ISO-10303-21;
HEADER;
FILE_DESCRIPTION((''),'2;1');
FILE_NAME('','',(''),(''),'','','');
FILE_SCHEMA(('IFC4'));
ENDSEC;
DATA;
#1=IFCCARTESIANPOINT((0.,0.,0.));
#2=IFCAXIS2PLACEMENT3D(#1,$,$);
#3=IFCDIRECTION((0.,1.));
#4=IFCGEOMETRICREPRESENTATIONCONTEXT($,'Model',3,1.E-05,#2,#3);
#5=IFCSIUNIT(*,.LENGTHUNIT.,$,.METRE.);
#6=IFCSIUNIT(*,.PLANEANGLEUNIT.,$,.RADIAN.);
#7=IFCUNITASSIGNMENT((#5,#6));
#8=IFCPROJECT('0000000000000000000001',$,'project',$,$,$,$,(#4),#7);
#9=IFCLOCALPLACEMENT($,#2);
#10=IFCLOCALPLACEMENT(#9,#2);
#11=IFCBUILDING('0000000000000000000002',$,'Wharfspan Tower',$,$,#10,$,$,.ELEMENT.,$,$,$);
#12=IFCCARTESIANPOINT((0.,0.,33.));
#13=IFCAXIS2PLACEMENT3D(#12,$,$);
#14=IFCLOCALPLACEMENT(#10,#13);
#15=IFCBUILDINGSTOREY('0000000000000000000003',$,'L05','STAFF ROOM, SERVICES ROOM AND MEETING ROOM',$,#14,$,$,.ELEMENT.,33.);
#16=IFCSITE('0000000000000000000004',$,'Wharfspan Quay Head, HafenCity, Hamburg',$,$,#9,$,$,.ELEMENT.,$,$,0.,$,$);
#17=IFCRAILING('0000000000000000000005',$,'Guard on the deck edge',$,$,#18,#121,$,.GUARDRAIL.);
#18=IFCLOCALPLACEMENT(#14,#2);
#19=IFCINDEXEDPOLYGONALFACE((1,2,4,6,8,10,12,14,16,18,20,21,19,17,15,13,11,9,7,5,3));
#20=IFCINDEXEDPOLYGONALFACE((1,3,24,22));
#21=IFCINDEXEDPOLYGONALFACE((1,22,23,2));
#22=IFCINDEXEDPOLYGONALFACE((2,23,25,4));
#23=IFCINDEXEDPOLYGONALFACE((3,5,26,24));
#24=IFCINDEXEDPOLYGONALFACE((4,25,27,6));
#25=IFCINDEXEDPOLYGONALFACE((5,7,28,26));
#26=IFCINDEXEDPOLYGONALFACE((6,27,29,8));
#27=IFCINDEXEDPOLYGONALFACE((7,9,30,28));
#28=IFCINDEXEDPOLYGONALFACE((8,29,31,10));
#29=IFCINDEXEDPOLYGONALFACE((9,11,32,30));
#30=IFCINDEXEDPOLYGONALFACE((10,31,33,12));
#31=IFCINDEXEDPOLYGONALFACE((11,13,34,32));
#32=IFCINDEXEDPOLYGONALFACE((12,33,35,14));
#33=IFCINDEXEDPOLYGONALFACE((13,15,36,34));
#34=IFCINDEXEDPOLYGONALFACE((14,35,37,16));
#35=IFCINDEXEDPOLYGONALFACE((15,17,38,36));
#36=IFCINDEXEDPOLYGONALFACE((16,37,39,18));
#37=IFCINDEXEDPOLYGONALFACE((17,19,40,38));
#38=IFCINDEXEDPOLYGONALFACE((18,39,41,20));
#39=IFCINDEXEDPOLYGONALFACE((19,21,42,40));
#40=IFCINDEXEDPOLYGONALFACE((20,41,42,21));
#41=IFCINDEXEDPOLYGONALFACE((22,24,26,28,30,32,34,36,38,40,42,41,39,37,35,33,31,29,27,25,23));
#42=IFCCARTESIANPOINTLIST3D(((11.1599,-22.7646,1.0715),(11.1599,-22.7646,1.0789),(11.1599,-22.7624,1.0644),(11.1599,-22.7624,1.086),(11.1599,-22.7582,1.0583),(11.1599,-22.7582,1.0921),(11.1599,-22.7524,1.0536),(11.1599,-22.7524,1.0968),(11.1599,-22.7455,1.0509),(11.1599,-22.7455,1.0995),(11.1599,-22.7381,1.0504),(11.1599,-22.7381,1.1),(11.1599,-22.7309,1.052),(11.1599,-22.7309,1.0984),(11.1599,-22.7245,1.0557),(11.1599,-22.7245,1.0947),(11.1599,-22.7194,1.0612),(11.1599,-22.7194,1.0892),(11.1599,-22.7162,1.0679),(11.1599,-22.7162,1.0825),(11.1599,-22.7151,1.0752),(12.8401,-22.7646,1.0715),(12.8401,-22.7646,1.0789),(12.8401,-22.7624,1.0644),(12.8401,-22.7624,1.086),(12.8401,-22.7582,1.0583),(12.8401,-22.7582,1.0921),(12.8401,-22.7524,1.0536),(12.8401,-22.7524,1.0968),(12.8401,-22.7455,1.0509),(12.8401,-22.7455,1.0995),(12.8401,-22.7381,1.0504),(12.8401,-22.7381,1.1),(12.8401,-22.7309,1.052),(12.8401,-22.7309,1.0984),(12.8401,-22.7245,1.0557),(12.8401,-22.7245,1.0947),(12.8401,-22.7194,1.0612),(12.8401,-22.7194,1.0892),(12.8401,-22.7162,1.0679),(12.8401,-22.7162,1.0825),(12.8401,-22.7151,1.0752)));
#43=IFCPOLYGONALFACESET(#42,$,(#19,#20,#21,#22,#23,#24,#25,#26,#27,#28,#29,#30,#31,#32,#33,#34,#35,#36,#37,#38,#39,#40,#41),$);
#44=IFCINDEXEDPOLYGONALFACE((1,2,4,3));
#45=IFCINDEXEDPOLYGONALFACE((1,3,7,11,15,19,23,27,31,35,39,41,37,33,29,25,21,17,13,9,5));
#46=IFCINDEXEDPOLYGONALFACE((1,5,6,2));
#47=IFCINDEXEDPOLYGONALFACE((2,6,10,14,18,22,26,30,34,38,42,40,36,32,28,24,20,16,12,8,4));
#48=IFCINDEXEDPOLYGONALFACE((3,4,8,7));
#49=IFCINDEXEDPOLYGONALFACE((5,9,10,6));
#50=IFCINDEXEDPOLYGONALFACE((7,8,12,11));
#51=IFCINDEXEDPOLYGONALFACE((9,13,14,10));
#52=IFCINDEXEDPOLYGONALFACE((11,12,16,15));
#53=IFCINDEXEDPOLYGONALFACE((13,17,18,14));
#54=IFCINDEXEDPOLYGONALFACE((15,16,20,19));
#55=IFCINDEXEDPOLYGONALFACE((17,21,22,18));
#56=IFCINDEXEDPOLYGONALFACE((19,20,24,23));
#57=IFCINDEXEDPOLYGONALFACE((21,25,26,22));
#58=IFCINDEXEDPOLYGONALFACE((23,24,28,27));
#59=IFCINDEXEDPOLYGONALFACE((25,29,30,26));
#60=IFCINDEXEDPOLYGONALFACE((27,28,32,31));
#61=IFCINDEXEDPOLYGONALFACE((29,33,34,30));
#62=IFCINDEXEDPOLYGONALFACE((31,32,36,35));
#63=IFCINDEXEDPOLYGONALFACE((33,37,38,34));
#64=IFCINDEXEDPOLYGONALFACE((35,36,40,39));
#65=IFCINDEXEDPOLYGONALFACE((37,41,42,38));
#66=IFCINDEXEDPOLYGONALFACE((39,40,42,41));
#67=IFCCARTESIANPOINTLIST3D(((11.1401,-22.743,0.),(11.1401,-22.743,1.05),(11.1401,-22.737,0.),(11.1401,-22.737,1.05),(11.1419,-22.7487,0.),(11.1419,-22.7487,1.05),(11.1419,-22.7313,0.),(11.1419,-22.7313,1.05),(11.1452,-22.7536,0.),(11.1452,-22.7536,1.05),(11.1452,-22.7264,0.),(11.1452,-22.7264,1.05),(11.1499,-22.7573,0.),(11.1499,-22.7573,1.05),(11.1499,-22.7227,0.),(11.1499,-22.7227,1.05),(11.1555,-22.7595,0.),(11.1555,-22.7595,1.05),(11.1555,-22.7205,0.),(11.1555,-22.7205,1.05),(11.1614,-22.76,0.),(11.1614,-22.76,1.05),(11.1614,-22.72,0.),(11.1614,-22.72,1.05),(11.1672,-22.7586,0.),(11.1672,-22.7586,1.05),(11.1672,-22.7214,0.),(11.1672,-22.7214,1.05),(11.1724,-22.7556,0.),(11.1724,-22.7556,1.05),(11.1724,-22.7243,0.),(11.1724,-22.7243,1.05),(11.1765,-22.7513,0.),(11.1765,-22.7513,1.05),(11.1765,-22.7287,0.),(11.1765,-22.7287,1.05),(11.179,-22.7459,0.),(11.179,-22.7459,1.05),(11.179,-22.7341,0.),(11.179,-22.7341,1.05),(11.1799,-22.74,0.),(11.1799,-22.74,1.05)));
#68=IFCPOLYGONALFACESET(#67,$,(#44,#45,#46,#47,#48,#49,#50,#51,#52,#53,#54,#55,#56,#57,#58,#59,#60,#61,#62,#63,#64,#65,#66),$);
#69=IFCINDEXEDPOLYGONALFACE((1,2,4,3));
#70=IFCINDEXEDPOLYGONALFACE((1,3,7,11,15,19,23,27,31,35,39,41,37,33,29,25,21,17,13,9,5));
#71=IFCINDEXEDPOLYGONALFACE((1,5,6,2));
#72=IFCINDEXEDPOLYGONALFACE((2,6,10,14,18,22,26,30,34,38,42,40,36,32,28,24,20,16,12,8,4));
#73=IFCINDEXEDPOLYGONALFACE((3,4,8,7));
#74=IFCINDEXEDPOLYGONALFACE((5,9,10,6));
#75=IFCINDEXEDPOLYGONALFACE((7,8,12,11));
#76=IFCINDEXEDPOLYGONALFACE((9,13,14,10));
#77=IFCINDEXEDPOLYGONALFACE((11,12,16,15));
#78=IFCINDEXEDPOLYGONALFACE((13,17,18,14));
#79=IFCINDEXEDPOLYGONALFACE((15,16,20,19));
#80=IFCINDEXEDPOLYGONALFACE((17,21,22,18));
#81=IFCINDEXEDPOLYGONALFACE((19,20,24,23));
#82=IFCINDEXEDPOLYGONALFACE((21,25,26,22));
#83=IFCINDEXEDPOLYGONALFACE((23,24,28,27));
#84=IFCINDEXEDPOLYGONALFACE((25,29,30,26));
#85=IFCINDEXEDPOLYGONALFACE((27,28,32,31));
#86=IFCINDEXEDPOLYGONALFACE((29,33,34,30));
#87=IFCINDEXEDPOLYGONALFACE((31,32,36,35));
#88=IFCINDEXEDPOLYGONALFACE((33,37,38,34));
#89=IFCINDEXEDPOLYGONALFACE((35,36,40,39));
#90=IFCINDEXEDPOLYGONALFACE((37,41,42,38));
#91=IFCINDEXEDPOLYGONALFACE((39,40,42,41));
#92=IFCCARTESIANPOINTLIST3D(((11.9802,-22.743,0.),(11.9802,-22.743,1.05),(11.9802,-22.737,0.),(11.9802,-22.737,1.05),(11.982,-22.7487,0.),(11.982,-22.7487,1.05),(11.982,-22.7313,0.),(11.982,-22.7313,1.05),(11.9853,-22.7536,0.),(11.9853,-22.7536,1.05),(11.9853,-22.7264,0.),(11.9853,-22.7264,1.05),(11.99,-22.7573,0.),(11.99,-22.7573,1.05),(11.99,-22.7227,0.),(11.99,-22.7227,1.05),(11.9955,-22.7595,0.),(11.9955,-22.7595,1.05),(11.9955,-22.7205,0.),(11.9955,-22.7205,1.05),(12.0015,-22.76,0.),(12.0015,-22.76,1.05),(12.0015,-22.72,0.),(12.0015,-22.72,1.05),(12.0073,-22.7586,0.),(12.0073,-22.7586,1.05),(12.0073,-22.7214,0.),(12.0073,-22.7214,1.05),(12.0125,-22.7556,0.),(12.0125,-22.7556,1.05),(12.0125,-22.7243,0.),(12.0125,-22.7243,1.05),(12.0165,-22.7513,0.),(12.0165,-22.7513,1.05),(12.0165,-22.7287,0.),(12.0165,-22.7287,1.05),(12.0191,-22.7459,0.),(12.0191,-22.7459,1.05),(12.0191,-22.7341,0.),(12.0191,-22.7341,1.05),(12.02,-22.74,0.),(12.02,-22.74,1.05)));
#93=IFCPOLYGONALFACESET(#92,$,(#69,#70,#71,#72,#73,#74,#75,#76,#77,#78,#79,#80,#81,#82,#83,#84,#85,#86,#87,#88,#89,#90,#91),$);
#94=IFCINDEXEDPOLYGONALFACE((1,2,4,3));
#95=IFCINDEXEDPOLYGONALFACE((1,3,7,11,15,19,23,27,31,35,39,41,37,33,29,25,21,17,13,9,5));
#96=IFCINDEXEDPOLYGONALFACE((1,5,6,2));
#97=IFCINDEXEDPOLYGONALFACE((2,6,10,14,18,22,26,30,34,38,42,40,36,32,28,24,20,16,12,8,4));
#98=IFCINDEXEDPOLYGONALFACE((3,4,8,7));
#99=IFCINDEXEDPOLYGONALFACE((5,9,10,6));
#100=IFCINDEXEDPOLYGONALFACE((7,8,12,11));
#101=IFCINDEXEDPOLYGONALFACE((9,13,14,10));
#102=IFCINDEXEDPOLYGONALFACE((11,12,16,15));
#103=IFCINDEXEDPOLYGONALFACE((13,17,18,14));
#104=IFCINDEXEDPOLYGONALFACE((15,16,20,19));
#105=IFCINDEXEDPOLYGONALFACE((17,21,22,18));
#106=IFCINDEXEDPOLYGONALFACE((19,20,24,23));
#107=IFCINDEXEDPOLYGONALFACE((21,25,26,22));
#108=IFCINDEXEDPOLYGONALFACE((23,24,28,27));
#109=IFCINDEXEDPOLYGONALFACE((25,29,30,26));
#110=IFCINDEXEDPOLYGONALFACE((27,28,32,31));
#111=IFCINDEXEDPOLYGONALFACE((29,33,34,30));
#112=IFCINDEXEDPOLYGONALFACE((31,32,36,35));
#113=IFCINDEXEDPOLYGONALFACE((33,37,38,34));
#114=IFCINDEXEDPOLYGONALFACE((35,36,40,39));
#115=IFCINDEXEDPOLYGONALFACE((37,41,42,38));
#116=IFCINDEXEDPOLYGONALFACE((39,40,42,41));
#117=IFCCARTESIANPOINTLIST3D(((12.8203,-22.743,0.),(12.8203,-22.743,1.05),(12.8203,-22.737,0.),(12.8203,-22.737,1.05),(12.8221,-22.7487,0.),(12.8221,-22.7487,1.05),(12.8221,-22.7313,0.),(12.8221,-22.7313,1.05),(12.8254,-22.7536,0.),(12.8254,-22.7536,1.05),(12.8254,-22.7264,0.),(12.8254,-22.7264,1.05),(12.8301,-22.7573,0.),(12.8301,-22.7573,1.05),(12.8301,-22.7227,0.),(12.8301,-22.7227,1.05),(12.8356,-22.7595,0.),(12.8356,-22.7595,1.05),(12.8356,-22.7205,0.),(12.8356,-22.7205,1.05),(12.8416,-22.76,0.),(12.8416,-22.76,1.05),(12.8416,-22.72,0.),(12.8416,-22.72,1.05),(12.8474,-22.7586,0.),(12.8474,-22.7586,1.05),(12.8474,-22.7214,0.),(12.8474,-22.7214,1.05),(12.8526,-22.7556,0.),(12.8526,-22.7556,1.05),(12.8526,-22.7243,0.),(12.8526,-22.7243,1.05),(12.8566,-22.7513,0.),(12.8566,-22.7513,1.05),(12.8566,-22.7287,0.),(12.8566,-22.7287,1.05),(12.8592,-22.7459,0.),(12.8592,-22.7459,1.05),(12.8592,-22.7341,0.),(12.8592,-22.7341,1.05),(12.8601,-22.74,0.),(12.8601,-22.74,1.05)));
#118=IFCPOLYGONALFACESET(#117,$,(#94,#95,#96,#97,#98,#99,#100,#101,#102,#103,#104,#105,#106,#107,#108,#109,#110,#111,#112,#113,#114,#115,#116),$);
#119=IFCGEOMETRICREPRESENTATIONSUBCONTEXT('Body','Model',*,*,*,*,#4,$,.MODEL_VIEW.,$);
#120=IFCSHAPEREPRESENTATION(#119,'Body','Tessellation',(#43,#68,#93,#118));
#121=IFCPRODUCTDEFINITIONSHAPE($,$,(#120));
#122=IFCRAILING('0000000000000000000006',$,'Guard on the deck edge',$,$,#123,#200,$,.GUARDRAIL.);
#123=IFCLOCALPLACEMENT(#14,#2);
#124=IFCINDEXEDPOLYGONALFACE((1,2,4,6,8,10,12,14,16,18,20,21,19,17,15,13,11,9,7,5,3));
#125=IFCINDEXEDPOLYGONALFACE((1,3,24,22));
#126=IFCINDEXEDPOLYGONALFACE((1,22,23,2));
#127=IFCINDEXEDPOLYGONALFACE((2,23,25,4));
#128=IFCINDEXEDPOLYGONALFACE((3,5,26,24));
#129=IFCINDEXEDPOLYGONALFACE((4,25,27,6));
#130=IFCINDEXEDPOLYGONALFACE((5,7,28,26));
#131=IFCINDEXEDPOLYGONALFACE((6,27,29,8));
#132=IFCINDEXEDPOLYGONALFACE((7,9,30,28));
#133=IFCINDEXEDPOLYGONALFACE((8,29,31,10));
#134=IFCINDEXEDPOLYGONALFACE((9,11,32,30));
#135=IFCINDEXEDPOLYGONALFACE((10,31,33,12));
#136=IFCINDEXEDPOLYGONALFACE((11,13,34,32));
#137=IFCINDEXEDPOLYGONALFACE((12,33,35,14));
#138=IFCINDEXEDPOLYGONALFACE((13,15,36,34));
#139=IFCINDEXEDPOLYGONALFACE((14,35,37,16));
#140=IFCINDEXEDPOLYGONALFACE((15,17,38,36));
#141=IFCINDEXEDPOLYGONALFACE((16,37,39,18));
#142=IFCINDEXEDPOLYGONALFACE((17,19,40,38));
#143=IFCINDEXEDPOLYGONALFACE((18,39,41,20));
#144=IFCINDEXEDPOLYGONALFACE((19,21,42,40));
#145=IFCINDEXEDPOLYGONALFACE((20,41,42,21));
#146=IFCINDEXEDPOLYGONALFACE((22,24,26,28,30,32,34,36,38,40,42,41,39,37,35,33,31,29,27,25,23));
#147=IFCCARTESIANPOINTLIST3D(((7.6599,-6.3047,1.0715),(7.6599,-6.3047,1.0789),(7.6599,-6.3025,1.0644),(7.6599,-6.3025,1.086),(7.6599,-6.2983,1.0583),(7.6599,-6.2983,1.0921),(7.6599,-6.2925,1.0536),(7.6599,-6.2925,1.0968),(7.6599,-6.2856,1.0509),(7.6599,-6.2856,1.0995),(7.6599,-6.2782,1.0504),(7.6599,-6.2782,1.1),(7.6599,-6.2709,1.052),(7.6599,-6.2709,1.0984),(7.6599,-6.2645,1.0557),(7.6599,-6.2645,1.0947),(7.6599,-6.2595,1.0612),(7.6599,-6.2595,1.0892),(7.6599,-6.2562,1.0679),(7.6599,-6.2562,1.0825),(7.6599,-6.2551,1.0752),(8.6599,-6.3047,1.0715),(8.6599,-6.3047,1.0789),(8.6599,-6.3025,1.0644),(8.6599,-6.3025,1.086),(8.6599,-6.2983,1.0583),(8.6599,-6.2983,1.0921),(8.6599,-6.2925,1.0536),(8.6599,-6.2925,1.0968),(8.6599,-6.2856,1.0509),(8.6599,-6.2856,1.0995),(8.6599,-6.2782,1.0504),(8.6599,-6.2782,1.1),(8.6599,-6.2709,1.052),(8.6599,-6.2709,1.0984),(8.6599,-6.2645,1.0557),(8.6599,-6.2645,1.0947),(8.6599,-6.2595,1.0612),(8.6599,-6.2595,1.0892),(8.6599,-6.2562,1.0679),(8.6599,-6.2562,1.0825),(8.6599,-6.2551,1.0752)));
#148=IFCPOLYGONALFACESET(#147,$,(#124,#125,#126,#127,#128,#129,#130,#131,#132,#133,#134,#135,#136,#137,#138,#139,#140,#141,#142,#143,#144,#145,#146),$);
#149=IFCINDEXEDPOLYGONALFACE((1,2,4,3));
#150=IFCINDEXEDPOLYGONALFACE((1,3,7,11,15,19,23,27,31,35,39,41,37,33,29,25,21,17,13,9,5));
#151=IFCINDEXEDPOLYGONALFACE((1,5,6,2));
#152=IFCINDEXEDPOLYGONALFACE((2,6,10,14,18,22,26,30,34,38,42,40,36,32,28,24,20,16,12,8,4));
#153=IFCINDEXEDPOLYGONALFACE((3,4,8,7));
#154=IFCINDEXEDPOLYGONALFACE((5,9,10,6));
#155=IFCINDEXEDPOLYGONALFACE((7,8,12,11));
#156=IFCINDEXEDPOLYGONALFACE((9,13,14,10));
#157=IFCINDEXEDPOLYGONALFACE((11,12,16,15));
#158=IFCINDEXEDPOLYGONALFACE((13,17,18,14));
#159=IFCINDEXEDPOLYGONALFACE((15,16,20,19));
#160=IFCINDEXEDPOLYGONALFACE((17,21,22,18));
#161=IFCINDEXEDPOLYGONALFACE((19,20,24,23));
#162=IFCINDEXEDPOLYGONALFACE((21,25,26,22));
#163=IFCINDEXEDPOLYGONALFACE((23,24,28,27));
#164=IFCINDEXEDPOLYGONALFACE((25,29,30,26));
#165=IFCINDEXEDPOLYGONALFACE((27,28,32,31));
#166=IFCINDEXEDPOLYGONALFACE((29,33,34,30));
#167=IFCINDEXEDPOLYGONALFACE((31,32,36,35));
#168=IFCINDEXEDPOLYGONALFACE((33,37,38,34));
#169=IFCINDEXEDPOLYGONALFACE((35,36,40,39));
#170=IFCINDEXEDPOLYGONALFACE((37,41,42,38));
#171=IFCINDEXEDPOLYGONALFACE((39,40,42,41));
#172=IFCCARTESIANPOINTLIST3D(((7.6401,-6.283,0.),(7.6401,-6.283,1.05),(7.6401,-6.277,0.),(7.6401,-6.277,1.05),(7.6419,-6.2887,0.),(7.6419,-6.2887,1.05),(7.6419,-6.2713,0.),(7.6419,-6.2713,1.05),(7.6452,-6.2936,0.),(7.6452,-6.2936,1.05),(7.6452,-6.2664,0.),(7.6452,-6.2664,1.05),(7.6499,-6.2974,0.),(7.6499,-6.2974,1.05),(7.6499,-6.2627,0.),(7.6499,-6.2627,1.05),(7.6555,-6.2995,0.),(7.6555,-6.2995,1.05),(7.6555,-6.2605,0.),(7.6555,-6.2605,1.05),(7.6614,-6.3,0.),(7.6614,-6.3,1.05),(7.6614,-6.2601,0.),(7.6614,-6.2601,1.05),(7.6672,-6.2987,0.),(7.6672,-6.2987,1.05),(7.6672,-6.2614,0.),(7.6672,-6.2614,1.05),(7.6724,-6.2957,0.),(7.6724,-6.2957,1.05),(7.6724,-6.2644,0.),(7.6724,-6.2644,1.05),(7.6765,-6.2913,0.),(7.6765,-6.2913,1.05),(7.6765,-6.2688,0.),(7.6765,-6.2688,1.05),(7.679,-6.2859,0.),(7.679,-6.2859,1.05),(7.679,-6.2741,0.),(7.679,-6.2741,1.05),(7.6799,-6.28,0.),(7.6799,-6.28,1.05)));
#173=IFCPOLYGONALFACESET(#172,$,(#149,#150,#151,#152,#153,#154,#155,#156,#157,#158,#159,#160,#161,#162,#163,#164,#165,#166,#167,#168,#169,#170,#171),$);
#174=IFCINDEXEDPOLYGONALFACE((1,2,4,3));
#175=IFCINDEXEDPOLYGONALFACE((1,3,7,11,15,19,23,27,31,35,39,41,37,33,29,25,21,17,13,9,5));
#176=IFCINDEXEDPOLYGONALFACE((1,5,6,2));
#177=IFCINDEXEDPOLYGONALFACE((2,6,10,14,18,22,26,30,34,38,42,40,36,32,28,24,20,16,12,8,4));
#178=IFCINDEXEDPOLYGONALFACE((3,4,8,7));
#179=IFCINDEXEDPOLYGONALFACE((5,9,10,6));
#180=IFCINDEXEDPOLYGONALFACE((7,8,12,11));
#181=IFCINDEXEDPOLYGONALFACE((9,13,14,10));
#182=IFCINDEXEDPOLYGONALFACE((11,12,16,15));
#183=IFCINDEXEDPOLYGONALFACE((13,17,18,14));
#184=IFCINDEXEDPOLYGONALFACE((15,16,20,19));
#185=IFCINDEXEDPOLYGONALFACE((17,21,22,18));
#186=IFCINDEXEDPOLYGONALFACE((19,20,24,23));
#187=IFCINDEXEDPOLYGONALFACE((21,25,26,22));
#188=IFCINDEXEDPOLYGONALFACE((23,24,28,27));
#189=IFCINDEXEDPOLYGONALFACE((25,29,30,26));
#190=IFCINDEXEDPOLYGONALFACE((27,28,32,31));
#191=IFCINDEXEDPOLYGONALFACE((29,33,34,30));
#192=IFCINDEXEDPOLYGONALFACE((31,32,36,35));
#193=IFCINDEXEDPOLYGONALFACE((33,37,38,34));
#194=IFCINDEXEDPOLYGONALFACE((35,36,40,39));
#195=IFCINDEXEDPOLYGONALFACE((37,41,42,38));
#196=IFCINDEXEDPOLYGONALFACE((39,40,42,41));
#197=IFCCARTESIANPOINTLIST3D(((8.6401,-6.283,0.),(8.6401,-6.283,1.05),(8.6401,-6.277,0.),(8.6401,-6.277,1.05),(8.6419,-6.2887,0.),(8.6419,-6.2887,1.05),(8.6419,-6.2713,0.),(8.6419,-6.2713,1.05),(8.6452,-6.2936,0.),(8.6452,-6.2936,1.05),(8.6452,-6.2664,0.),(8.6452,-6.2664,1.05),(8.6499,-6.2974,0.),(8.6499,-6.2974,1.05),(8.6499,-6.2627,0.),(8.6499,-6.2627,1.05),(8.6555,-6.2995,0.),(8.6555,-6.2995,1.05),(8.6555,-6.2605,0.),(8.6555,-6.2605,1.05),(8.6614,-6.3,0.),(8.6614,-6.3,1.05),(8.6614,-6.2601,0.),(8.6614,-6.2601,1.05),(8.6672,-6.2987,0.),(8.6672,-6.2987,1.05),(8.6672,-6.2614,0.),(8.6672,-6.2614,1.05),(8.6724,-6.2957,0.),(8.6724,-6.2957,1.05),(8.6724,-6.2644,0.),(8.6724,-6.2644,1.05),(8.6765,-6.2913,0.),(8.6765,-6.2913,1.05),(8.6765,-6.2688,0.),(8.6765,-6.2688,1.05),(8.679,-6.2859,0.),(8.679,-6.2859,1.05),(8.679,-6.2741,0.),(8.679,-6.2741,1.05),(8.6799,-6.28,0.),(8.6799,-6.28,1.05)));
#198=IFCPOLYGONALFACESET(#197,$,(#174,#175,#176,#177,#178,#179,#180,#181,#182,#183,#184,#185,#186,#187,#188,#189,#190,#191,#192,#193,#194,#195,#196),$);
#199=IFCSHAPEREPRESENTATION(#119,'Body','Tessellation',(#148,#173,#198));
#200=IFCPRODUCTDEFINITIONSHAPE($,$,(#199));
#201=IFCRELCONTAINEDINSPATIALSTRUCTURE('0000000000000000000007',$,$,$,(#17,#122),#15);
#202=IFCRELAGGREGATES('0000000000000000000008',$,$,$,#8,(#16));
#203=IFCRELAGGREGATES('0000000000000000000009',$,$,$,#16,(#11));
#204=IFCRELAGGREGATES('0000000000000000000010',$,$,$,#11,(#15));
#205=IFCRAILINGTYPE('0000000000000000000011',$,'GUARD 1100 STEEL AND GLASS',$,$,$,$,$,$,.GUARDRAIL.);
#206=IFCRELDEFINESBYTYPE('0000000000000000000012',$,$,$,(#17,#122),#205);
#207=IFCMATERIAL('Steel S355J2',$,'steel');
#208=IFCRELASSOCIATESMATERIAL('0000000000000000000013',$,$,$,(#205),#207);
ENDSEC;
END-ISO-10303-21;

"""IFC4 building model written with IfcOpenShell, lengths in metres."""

from ifc_helpers import new_model, si_unit, direction, frame, origin, origin_2d, place, context, subcontext, project, spatial, circle, extrude, material, type_object, element, save


model = new_model("IFC4")

# Units and contexts
model_context = context("Model", 3, precision=1e-05, world=origin(), true_north=direction((0.0, 1.0)))
body_context = subcontext(model_context, "Body", "Model", "MODEL_VIEW")
ifc_project = project(units=[si_unit("LENGTHUNIT", "METRE"), si_unit("PLANEANGLEUNIT", "RADIAN")], contexts=[model_context])

# Site, building, storey
site_placement = place(None, origin())
site = spatial("IfcSite", under=ifc_project, at=site_placement, Name="Wharfspan Quay Head, HafenCity, Hamburg", CompositionType="ELEMENT", RefElevation=0.0)
building_placement = place(site_placement, origin())
building = spatial("IfcBuilding", under=site, at=building_placement, Name="Wharfspan Tower", CompositionType="ELEMENT")
storey_placement = place(building_placement, frame((0.0, 0.0, 33.0)))
storey = spatial("IfcBuildingStorey", under=building, at=storey_placement, Name="L05", Description="STAFF ROOM, SERVICES ROOM AND MEETING ROOM", CompositionType="ELEMENT", Elevation=33.0)

# Railings
ifc_material_1 = material(Name="Steel S355J2", Category="steel")
railing_type = type_object("IfcRailingType", Name="GUARD 1100 STEEL AND GLASS", PredefinedType="GUARDRAIL", material=ifc_material_1)
railing_1_placement = place(storey_placement, frame((11.1599, -22.74, 0.0)))
element("IfcRailing", 1, at=railing_1_placement, inside=storey, type_object=railing_type, Name="Guard on the deck edge", PredefinedType="GUARDRAIL", context=body_context, shape_type="SweptSolid", body=[
    extrude(circle(Radius=0.0249, at=origin_2d()), frame((0.0, 0.0, 1.0752), z_axis=(1.0, 0.0, 0.0), x_axis=(0.0, 1.0, 0.0)), (0.0, 0.0, 1.0), 1.6802),
    extrude(circle(Radius=0.02, at=origin_2d()), origin(), (0.0, 0.0, 1.0), 1.05),
    extrude(circle(Radius=0.02, at=origin_2d()), frame((0.8401, 0.0, 0.0)), (0.0, 0.0, 1.0), 1.05),
    extrude(circle(Radius=0.02, at=origin_2d()), frame((1.6802, 0.0, 0.0)), (0.0, 0.0, 1.0), 1.05),
])
railing_2_placement = place(storey_placement, frame((7.6599, -6.28, 0.0)))
element("IfcRailing", 2, at=railing_2_placement, inside=storey, type_object=railing_type, Name="Guard on the deck edge", PredefinedType="GUARDRAIL", context=body_context, shape_type="SweptSolid", body=[
    extrude(circle(Radius=0.0249, at=origin_2d()), frame((0.0, 0.0, 1.0752), z_axis=(1.0, 0.0, 0.0), x_axis=(0.0, 1.0, 0.0)), (0.0, 0.0, 1.0), 1.0),
    extrude(circle(Radius=0.02, at=origin_2d()), origin(), (0.0, 0.0, 1.0), 1.05),
    extrude(circle(Radius=0.02, at=origin_2d()), frame((1.0, 0.0, 0.0)), (0.0, 0.0, 1.0), 1.05),
])

save(model, "model.ifc")
